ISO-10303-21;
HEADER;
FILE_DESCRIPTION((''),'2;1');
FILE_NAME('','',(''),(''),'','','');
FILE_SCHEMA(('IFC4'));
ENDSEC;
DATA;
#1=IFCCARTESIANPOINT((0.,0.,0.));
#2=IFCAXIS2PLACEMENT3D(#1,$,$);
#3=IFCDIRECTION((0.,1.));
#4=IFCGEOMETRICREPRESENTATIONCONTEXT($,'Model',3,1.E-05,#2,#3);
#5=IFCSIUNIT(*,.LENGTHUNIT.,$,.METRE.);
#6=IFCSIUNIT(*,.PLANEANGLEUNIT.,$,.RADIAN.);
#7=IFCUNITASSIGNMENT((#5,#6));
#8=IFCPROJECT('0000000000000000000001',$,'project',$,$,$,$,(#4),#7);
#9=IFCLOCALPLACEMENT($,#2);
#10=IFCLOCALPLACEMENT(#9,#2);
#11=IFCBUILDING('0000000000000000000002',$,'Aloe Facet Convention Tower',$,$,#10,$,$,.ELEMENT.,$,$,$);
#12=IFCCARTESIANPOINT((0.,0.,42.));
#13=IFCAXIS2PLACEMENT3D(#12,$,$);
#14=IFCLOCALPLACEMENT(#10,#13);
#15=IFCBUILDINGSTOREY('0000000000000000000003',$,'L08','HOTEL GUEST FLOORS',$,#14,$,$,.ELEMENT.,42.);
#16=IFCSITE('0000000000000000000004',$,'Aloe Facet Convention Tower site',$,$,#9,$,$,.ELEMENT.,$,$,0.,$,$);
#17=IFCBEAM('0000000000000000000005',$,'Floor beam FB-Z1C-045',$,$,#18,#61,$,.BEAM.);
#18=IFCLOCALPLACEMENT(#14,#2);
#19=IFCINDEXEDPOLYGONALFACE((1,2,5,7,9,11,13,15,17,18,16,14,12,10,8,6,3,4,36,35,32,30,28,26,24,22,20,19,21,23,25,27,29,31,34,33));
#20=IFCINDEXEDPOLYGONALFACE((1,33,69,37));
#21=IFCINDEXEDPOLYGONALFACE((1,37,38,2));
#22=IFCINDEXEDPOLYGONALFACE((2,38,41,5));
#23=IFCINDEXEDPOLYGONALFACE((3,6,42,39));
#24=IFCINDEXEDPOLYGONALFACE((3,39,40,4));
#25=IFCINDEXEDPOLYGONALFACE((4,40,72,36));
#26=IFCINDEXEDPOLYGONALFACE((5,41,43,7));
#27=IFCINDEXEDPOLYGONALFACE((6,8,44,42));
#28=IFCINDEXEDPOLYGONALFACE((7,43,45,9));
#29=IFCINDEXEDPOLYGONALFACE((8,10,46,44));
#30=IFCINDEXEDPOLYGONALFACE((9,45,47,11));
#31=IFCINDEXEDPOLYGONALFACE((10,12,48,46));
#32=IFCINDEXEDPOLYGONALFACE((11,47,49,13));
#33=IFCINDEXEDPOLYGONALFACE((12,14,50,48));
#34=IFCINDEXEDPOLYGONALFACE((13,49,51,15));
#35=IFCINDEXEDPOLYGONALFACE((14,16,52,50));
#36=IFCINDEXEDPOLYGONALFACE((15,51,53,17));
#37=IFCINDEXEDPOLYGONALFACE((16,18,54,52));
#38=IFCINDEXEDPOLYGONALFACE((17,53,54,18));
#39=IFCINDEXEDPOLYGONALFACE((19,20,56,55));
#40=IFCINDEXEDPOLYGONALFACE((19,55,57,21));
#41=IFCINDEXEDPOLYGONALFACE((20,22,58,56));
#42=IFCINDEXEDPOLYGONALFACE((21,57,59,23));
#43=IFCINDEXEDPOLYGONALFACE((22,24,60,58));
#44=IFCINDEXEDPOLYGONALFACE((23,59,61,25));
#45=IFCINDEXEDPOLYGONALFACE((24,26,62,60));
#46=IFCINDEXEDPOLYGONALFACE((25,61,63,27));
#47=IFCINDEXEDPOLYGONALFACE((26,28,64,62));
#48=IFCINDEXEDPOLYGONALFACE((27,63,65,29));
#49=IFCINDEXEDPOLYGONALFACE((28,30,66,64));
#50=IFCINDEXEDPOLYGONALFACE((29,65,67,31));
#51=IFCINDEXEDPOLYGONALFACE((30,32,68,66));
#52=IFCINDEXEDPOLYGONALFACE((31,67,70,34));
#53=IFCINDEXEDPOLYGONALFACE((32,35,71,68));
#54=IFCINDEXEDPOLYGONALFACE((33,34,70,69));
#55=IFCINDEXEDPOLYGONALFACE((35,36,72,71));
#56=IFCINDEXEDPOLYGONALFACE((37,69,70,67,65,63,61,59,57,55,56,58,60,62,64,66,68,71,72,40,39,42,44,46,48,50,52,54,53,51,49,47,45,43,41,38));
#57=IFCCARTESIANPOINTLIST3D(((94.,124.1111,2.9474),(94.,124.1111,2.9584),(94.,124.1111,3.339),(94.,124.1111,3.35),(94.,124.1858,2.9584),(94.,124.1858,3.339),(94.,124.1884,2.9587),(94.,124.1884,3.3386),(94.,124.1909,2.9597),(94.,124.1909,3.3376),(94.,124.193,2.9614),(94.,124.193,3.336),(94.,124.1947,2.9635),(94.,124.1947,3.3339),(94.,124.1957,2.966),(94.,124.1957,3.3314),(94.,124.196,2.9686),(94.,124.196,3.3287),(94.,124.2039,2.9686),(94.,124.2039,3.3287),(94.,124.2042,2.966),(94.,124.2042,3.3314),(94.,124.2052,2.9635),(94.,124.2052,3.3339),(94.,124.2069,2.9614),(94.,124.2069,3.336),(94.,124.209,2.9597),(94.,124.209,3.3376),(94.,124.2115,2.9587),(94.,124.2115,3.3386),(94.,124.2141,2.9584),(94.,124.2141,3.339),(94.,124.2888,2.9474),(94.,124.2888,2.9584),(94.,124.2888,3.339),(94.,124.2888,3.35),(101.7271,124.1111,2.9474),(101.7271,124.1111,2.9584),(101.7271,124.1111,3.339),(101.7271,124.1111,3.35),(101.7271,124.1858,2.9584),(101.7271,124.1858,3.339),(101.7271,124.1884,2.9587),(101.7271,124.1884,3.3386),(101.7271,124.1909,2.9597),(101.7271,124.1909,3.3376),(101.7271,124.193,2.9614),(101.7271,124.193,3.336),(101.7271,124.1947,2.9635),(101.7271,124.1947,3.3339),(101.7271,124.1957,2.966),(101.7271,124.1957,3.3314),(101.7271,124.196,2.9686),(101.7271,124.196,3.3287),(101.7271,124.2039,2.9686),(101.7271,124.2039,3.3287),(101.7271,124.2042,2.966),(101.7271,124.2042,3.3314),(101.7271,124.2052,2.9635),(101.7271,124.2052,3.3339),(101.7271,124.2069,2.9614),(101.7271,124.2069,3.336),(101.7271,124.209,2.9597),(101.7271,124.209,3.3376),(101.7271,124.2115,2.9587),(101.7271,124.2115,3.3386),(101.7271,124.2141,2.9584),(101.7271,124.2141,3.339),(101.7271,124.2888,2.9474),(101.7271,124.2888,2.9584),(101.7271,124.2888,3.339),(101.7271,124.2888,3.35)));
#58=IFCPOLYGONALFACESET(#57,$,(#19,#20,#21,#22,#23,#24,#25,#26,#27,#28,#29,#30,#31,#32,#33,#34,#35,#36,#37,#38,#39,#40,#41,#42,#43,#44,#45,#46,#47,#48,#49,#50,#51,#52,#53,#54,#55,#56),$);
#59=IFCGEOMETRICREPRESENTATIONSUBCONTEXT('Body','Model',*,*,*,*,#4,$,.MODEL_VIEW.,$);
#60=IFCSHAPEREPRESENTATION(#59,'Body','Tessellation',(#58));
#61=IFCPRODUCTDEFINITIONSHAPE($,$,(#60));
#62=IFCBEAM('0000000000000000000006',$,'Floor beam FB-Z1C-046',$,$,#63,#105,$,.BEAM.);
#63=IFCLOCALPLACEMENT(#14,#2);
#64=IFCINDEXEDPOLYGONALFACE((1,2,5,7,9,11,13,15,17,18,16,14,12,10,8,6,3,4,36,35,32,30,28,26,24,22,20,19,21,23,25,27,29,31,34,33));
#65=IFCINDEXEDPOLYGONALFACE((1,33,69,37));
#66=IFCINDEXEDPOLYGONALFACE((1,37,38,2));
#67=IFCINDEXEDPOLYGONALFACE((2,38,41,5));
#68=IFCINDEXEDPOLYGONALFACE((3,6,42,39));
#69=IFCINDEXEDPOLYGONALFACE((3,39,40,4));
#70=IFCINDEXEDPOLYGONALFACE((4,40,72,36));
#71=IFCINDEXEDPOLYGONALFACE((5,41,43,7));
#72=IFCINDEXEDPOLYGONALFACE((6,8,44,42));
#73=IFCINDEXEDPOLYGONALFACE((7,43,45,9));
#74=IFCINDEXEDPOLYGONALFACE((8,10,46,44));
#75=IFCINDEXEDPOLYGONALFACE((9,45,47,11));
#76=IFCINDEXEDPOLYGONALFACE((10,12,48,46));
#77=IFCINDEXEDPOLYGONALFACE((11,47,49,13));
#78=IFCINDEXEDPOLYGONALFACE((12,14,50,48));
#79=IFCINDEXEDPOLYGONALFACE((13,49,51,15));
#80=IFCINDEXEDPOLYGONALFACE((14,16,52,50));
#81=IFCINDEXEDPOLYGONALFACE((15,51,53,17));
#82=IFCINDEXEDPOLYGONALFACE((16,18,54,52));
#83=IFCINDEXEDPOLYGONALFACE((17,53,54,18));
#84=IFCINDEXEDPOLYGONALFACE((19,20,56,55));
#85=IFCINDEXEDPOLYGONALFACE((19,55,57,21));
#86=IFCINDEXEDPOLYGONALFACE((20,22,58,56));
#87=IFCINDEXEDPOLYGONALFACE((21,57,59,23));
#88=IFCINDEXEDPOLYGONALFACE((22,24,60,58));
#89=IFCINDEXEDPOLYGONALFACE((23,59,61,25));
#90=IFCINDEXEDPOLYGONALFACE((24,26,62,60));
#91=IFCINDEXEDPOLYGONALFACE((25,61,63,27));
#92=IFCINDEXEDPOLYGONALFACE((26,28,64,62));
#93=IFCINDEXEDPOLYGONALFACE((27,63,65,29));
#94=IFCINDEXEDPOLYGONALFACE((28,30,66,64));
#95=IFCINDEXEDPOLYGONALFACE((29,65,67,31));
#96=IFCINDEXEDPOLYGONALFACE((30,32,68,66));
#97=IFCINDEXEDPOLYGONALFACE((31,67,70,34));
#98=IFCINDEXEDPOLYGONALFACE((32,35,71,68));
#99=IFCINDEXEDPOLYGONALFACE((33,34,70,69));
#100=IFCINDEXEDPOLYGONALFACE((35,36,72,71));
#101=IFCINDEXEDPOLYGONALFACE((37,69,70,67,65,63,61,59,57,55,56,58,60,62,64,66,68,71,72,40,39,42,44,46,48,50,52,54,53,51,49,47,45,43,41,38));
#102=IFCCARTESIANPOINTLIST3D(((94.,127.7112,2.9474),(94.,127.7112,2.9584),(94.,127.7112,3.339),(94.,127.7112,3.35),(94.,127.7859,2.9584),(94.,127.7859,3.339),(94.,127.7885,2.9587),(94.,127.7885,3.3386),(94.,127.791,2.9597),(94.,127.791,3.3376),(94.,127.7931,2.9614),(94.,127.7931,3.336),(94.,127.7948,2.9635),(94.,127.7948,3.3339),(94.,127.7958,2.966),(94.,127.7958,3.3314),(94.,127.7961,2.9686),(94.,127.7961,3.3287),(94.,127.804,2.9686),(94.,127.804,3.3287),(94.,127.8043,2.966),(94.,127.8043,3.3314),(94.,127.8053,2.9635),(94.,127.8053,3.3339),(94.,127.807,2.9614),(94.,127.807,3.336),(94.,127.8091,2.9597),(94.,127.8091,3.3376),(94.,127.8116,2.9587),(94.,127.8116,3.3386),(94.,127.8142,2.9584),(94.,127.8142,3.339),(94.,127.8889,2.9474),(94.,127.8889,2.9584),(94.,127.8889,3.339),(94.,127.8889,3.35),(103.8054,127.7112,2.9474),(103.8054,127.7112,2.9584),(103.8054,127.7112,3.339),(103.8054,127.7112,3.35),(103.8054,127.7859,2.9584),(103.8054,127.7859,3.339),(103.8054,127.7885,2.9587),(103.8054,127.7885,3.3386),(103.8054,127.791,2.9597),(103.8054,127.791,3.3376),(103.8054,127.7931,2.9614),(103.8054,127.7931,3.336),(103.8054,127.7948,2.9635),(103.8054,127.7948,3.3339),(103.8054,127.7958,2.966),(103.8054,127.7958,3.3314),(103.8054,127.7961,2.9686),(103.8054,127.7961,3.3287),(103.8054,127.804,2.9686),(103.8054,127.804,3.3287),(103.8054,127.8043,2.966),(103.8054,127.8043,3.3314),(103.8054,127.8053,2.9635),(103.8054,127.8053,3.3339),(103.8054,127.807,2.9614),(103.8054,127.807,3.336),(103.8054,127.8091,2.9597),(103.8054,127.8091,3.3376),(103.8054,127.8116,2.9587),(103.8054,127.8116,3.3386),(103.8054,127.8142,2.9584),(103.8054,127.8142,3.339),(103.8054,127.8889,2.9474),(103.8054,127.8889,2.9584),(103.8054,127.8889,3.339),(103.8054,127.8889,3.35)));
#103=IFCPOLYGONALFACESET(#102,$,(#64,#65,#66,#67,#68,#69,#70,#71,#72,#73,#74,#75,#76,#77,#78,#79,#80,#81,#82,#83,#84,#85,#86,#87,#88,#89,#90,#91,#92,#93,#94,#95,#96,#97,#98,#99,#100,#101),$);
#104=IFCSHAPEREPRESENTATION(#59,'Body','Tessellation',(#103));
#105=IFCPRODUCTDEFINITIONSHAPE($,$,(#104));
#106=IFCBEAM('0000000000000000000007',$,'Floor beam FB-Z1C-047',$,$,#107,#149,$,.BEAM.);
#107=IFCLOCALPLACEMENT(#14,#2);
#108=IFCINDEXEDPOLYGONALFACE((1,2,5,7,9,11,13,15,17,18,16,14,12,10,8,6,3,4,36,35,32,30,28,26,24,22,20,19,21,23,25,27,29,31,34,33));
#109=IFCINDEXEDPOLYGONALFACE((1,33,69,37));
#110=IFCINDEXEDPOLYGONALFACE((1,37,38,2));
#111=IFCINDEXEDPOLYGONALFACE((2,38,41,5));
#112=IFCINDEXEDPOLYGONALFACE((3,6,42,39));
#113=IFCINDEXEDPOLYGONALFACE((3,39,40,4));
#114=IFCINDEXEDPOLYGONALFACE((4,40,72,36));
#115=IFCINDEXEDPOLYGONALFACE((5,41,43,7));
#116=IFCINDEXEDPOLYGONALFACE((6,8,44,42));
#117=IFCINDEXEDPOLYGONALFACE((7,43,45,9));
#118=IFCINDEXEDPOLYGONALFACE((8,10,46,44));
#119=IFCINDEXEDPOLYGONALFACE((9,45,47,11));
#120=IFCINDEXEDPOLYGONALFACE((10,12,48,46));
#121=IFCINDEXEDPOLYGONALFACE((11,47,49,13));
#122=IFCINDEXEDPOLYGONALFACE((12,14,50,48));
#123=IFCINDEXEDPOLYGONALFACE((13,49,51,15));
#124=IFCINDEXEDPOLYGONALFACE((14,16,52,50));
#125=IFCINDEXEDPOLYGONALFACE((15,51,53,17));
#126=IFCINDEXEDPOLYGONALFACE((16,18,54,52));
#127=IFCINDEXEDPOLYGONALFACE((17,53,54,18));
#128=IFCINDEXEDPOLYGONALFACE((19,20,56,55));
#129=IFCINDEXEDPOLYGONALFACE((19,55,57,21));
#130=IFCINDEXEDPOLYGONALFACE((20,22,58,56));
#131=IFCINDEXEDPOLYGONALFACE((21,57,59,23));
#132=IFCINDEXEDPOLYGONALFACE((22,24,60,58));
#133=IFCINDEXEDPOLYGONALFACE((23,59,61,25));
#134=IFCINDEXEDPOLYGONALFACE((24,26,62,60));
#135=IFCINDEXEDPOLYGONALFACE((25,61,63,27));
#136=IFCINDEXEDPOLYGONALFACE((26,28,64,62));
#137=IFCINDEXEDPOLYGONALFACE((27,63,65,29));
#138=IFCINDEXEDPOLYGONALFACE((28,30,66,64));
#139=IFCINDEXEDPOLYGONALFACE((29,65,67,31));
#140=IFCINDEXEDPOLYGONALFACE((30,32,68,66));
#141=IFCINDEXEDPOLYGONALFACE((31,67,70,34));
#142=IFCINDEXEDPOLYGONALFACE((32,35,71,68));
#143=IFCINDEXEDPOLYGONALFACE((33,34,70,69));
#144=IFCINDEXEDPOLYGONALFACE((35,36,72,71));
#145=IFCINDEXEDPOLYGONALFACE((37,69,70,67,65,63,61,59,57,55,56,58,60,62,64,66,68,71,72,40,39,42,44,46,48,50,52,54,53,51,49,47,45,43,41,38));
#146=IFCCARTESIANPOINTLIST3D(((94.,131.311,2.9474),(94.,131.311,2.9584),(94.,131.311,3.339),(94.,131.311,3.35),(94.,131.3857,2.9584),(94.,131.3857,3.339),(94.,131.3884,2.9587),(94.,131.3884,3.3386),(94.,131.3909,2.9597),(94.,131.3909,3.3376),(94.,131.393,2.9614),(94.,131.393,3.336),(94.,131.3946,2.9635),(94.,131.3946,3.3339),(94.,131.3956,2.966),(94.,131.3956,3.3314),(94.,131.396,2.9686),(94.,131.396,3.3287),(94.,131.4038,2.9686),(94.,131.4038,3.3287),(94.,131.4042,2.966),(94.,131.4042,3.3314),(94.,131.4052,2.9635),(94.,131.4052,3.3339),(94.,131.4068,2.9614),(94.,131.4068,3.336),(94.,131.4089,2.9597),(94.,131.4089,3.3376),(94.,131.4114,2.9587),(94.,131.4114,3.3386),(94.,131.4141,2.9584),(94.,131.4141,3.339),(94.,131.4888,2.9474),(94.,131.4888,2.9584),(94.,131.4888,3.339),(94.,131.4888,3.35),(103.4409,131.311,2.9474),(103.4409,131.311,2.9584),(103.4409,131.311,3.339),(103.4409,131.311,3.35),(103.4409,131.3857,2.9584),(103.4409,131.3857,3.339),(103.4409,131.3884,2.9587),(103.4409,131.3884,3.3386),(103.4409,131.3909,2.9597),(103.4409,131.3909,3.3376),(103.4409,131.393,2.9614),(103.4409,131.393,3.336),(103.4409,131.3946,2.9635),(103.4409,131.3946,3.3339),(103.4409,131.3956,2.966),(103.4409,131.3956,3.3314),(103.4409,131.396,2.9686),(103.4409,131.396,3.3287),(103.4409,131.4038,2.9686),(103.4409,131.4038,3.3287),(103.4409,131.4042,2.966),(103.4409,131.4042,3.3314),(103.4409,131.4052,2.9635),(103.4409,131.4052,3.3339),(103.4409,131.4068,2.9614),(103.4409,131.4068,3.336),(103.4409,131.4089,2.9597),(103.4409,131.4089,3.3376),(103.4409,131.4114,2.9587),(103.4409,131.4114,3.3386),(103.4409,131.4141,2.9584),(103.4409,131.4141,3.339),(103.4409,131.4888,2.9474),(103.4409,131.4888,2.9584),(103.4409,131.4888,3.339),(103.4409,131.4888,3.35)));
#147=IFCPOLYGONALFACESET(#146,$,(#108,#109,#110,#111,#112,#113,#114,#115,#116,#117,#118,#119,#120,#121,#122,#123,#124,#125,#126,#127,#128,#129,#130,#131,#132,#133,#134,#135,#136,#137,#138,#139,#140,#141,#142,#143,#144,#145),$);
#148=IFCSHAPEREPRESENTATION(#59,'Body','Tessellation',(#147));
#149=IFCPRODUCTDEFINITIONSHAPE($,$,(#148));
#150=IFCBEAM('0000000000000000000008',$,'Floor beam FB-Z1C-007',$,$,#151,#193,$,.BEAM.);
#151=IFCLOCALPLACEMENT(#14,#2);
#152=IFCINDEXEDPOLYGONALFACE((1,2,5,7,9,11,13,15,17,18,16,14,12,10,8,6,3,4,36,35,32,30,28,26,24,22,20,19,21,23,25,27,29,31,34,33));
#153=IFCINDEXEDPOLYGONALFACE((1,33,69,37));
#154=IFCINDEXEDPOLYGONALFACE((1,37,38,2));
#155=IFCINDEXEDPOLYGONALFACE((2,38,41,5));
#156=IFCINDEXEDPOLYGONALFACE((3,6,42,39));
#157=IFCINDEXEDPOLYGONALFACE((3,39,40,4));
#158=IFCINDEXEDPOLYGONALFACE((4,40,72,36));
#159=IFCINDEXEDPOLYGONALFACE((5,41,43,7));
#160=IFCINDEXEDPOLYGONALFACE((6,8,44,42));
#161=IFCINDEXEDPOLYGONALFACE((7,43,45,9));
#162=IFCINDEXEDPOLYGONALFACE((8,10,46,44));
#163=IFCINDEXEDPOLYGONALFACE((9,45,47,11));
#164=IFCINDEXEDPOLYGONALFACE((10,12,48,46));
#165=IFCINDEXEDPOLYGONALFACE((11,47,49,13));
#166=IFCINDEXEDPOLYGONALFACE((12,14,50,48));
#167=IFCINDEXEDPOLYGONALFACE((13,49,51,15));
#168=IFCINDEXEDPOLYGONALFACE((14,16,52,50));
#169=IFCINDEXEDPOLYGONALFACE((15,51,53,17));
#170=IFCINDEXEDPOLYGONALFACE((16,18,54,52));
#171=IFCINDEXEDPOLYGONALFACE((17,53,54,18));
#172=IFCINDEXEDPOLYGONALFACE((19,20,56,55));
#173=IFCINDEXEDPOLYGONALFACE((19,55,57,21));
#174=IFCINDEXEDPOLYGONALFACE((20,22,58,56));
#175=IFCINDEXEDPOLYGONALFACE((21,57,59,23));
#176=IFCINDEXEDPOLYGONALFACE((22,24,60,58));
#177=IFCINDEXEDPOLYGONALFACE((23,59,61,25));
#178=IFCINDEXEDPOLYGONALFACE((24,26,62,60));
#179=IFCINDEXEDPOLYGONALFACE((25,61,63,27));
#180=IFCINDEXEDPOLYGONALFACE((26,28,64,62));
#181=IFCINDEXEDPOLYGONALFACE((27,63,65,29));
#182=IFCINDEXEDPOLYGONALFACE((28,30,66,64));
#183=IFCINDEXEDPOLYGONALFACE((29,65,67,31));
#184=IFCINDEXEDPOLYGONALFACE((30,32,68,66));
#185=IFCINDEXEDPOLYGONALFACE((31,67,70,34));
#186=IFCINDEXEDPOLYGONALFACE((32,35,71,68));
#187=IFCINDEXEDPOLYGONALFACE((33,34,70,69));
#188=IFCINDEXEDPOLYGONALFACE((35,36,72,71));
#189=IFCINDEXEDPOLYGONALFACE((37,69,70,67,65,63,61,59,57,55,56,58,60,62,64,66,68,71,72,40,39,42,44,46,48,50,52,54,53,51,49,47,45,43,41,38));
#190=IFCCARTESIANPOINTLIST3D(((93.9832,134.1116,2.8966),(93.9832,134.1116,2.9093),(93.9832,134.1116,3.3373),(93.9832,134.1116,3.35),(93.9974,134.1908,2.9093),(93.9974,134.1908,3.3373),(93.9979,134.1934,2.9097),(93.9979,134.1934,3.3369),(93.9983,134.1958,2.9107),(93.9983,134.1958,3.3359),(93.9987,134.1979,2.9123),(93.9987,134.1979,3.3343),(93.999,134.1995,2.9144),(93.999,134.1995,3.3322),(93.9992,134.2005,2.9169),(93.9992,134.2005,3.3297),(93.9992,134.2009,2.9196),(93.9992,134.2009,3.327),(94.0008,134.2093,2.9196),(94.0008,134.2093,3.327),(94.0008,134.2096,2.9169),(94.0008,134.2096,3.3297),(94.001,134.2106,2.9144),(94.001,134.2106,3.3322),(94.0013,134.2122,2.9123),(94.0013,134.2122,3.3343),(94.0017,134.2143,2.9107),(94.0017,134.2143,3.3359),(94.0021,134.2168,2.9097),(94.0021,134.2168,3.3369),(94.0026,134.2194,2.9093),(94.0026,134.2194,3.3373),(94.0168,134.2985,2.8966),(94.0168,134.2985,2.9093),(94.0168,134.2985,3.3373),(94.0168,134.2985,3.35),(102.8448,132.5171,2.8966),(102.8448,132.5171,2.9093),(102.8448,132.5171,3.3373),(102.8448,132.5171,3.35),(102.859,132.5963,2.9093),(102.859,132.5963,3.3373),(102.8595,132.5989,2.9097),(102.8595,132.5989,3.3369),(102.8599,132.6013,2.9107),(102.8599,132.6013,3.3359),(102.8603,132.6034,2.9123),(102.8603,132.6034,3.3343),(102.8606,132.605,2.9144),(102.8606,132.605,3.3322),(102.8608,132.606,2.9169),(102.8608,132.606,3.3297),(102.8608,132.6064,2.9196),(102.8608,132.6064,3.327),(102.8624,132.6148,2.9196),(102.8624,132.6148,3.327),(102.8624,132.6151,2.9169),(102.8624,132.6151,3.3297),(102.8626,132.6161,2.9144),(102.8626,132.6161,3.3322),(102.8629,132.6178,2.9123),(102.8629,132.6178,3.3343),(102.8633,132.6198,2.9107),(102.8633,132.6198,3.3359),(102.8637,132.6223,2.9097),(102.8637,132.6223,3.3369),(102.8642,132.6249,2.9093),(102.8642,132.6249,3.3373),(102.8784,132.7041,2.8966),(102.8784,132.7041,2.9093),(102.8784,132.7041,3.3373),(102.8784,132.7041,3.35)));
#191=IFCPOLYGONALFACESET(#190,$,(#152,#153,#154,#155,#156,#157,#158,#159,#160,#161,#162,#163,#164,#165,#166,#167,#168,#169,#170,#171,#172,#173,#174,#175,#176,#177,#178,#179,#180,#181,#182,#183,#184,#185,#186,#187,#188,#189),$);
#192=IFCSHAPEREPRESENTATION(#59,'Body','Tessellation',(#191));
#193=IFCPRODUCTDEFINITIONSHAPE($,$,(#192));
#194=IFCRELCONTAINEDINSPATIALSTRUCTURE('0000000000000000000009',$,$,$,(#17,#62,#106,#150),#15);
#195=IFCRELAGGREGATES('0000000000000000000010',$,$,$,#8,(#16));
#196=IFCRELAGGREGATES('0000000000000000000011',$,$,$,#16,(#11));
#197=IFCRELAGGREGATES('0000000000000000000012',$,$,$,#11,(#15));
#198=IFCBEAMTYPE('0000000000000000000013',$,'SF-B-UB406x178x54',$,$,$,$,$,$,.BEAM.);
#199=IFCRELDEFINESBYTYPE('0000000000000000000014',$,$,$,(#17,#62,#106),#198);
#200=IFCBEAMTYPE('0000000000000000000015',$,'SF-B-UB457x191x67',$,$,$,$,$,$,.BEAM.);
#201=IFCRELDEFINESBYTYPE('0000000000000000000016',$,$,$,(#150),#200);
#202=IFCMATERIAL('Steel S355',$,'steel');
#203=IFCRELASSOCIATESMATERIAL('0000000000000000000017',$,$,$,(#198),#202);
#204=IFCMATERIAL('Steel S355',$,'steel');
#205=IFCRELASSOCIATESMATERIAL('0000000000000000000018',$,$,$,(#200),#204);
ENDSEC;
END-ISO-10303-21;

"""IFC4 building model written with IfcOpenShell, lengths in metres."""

from ifc_helpers import new_model, si_unit, direction, frame, origin, origin_2d, place, context, subcontext, project, spatial, i_section, extrude, material, material_profile, profile_set, type_object, element, save


model = new_model("IFC4")

# Units and contexts
model_context = context("Model", 3, precision=1e-05, world=origin(), true_north=direction((0.0, 1.0)))
body_context = subcontext(model_context, "Body", "Model", "MODEL_VIEW")
ifc_project = project(units=[si_unit("LENGTHUNIT", "METRE"), si_unit("PLANEANGLEUNIT", "RADIAN")], contexts=[model_context])

# Site, building, storey
site_placement = place(None, origin())
site = spatial("IfcSite", under=ifc_project, at=site_placement, Name="Aloe Facet Convention Tower site", CompositionType="ELEMENT", RefElevation=0.0)
building_placement = place(site_placement, origin())
building = spatial("IfcBuilding", under=site, at=building_placement, Name="Aloe Facet Convention Tower", CompositionType="ELEMENT")
storey_placement = place(building_placement, frame((0.0, 0.0, 42.0)))
storey = spatial("IfcBuildingStorey", under=building, at=storey_placement, Name="L08", Description="HOTEL GUEST FLOORS", CompositionType="ELEMENT", Elevation=42.0)

# Beams
ifc_material_1 = material(Name="Steel S355", Category="steel")
ifc_material_profile_1 = material_profile(ifc_material_1, i_section(OverallWidth=0.1777, OverallDepth=0.4026, WebThickness=0.0078, FlangeThickness=0.011, FilletRadius=0.0103, at=origin_2d()), Name="UB 406x178x54")
ifc_profile_set_1 = profile_set([ifc_material_profile_1], Name="Steel S355")
beam_type_1 = type_object("IfcBeamType", Name="SF-B-UB406x178x54", PredefinedType="BEAM", material=ifc_profile_set_1)
beam_1_placement = place(storey_placement, frame((94.0, 124.2, 3.1487), z_axis=(1.0, 0.0, 0.0), x_axis=(0.0, 1.0, 0.0)))
element("IfcBeam", 1, at=beam_1_placement, inside=storey, type_object=beam_type_1, Name="Floor beam FB-Z1C-045", PredefinedType="BEAM", context=body_context, shape_type="SweptSolid", body=[
    extrude(i_section(OverallWidth=0.1777, OverallDepth=0.4026, WebThickness=0.0078, FlangeThickness=0.011, FilletRadius=0.0103, at=origin_2d()), origin(), (0.0, 0.0, 1.0), 7.7271),
])
beam_2_placement = place(storey_placement, frame((94.0, 127.8, 3.1487), z_axis=(1.0, 0.0, 0.0), x_axis=(0.0, 1.0, 0.0)))
element("IfcBeam", 2, at=beam_2_placement, inside=storey, type_object=beam_type_1, Name="Floor beam FB-Z1C-046", PredefinedType="BEAM", context=body_context, shape_type="SweptSolid", body=[
    extrude(i_section(OverallWidth=0.1777, OverallDepth=0.4026, WebThickness=0.0078, FlangeThickness=0.011, FilletRadius=0.0103, at=origin_2d()), origin(), (0.0, 0.0, 1.0), 9.8054),
])
beam_3_placement = place(storey_placement, frame((94.0, 131.3999, 3.1487), z_axis=(1.0, 0.0, 0.0), x_axis=(0.0, 1.0, 0.0)))
element("IfcBeam", 3, at=beam_3_placement, inside=storey, type_object=beam_type_1, Name="Floor beam FB-Z1C-047", PredefinedType="BEAM", context=body_context, shape_type="SweptSolid", body=[
    extrude(i_section(OverallWidth=0.1777, OverallDepth=0.4026, WebThickness=0.0078, FlangeThickness=0.011, FilletRadius=0.0103, at=origin_2d()), origin(), (0.0, 0.0, 1.0), 9.4409),
])
ifc_material_2 = material(Name="Steel S355", Category="steel")
ifc_material_profile_2 = material_profile(ifc_material_2, i_section(OverallWidth=0.1899, OverallDepth=0.4534, WebThickness=0.0085, FlangeThickness=0.0127, FilletRadius=0.0103, at=origin_2d()), Name="UB 457x191x67")
ifc_profile_set_2 = profile_set([ifc_material_profile_2], Name="Steel S355")
beam_type_2 = type_object("IfcBeamType", Name="SF-B-UB457x191x67", PredefinedType="BEAM", material=ifc_profile_set_2)
beam_4_placement = place(storey_placement, frame((94.0, 134.2051, 3.1233), z_axis=(0.984195, -0.177088, 0.0), x_axis=(0.177088, 0.984195, 0.0)))
element("IfcBeam", 4, at=beam_4_placement, inside=storey, type_object=beam_type_2, Name="Floor beam FB-Z1C-007", PredefinedType="BEAM", context=body_context, shape_type="SweptSolid", body=[
    extrude(i_section(OverallWidth=0.1899, OverallDepth=0.4534, WebThickness=0.0085, FlangeThickness=0.0127, FilletRadius=0.0103, at=origin_2d()), origin(), (0.0, 0.0, 1.0), 9.0039),
])

save(model, "model.ifc")
